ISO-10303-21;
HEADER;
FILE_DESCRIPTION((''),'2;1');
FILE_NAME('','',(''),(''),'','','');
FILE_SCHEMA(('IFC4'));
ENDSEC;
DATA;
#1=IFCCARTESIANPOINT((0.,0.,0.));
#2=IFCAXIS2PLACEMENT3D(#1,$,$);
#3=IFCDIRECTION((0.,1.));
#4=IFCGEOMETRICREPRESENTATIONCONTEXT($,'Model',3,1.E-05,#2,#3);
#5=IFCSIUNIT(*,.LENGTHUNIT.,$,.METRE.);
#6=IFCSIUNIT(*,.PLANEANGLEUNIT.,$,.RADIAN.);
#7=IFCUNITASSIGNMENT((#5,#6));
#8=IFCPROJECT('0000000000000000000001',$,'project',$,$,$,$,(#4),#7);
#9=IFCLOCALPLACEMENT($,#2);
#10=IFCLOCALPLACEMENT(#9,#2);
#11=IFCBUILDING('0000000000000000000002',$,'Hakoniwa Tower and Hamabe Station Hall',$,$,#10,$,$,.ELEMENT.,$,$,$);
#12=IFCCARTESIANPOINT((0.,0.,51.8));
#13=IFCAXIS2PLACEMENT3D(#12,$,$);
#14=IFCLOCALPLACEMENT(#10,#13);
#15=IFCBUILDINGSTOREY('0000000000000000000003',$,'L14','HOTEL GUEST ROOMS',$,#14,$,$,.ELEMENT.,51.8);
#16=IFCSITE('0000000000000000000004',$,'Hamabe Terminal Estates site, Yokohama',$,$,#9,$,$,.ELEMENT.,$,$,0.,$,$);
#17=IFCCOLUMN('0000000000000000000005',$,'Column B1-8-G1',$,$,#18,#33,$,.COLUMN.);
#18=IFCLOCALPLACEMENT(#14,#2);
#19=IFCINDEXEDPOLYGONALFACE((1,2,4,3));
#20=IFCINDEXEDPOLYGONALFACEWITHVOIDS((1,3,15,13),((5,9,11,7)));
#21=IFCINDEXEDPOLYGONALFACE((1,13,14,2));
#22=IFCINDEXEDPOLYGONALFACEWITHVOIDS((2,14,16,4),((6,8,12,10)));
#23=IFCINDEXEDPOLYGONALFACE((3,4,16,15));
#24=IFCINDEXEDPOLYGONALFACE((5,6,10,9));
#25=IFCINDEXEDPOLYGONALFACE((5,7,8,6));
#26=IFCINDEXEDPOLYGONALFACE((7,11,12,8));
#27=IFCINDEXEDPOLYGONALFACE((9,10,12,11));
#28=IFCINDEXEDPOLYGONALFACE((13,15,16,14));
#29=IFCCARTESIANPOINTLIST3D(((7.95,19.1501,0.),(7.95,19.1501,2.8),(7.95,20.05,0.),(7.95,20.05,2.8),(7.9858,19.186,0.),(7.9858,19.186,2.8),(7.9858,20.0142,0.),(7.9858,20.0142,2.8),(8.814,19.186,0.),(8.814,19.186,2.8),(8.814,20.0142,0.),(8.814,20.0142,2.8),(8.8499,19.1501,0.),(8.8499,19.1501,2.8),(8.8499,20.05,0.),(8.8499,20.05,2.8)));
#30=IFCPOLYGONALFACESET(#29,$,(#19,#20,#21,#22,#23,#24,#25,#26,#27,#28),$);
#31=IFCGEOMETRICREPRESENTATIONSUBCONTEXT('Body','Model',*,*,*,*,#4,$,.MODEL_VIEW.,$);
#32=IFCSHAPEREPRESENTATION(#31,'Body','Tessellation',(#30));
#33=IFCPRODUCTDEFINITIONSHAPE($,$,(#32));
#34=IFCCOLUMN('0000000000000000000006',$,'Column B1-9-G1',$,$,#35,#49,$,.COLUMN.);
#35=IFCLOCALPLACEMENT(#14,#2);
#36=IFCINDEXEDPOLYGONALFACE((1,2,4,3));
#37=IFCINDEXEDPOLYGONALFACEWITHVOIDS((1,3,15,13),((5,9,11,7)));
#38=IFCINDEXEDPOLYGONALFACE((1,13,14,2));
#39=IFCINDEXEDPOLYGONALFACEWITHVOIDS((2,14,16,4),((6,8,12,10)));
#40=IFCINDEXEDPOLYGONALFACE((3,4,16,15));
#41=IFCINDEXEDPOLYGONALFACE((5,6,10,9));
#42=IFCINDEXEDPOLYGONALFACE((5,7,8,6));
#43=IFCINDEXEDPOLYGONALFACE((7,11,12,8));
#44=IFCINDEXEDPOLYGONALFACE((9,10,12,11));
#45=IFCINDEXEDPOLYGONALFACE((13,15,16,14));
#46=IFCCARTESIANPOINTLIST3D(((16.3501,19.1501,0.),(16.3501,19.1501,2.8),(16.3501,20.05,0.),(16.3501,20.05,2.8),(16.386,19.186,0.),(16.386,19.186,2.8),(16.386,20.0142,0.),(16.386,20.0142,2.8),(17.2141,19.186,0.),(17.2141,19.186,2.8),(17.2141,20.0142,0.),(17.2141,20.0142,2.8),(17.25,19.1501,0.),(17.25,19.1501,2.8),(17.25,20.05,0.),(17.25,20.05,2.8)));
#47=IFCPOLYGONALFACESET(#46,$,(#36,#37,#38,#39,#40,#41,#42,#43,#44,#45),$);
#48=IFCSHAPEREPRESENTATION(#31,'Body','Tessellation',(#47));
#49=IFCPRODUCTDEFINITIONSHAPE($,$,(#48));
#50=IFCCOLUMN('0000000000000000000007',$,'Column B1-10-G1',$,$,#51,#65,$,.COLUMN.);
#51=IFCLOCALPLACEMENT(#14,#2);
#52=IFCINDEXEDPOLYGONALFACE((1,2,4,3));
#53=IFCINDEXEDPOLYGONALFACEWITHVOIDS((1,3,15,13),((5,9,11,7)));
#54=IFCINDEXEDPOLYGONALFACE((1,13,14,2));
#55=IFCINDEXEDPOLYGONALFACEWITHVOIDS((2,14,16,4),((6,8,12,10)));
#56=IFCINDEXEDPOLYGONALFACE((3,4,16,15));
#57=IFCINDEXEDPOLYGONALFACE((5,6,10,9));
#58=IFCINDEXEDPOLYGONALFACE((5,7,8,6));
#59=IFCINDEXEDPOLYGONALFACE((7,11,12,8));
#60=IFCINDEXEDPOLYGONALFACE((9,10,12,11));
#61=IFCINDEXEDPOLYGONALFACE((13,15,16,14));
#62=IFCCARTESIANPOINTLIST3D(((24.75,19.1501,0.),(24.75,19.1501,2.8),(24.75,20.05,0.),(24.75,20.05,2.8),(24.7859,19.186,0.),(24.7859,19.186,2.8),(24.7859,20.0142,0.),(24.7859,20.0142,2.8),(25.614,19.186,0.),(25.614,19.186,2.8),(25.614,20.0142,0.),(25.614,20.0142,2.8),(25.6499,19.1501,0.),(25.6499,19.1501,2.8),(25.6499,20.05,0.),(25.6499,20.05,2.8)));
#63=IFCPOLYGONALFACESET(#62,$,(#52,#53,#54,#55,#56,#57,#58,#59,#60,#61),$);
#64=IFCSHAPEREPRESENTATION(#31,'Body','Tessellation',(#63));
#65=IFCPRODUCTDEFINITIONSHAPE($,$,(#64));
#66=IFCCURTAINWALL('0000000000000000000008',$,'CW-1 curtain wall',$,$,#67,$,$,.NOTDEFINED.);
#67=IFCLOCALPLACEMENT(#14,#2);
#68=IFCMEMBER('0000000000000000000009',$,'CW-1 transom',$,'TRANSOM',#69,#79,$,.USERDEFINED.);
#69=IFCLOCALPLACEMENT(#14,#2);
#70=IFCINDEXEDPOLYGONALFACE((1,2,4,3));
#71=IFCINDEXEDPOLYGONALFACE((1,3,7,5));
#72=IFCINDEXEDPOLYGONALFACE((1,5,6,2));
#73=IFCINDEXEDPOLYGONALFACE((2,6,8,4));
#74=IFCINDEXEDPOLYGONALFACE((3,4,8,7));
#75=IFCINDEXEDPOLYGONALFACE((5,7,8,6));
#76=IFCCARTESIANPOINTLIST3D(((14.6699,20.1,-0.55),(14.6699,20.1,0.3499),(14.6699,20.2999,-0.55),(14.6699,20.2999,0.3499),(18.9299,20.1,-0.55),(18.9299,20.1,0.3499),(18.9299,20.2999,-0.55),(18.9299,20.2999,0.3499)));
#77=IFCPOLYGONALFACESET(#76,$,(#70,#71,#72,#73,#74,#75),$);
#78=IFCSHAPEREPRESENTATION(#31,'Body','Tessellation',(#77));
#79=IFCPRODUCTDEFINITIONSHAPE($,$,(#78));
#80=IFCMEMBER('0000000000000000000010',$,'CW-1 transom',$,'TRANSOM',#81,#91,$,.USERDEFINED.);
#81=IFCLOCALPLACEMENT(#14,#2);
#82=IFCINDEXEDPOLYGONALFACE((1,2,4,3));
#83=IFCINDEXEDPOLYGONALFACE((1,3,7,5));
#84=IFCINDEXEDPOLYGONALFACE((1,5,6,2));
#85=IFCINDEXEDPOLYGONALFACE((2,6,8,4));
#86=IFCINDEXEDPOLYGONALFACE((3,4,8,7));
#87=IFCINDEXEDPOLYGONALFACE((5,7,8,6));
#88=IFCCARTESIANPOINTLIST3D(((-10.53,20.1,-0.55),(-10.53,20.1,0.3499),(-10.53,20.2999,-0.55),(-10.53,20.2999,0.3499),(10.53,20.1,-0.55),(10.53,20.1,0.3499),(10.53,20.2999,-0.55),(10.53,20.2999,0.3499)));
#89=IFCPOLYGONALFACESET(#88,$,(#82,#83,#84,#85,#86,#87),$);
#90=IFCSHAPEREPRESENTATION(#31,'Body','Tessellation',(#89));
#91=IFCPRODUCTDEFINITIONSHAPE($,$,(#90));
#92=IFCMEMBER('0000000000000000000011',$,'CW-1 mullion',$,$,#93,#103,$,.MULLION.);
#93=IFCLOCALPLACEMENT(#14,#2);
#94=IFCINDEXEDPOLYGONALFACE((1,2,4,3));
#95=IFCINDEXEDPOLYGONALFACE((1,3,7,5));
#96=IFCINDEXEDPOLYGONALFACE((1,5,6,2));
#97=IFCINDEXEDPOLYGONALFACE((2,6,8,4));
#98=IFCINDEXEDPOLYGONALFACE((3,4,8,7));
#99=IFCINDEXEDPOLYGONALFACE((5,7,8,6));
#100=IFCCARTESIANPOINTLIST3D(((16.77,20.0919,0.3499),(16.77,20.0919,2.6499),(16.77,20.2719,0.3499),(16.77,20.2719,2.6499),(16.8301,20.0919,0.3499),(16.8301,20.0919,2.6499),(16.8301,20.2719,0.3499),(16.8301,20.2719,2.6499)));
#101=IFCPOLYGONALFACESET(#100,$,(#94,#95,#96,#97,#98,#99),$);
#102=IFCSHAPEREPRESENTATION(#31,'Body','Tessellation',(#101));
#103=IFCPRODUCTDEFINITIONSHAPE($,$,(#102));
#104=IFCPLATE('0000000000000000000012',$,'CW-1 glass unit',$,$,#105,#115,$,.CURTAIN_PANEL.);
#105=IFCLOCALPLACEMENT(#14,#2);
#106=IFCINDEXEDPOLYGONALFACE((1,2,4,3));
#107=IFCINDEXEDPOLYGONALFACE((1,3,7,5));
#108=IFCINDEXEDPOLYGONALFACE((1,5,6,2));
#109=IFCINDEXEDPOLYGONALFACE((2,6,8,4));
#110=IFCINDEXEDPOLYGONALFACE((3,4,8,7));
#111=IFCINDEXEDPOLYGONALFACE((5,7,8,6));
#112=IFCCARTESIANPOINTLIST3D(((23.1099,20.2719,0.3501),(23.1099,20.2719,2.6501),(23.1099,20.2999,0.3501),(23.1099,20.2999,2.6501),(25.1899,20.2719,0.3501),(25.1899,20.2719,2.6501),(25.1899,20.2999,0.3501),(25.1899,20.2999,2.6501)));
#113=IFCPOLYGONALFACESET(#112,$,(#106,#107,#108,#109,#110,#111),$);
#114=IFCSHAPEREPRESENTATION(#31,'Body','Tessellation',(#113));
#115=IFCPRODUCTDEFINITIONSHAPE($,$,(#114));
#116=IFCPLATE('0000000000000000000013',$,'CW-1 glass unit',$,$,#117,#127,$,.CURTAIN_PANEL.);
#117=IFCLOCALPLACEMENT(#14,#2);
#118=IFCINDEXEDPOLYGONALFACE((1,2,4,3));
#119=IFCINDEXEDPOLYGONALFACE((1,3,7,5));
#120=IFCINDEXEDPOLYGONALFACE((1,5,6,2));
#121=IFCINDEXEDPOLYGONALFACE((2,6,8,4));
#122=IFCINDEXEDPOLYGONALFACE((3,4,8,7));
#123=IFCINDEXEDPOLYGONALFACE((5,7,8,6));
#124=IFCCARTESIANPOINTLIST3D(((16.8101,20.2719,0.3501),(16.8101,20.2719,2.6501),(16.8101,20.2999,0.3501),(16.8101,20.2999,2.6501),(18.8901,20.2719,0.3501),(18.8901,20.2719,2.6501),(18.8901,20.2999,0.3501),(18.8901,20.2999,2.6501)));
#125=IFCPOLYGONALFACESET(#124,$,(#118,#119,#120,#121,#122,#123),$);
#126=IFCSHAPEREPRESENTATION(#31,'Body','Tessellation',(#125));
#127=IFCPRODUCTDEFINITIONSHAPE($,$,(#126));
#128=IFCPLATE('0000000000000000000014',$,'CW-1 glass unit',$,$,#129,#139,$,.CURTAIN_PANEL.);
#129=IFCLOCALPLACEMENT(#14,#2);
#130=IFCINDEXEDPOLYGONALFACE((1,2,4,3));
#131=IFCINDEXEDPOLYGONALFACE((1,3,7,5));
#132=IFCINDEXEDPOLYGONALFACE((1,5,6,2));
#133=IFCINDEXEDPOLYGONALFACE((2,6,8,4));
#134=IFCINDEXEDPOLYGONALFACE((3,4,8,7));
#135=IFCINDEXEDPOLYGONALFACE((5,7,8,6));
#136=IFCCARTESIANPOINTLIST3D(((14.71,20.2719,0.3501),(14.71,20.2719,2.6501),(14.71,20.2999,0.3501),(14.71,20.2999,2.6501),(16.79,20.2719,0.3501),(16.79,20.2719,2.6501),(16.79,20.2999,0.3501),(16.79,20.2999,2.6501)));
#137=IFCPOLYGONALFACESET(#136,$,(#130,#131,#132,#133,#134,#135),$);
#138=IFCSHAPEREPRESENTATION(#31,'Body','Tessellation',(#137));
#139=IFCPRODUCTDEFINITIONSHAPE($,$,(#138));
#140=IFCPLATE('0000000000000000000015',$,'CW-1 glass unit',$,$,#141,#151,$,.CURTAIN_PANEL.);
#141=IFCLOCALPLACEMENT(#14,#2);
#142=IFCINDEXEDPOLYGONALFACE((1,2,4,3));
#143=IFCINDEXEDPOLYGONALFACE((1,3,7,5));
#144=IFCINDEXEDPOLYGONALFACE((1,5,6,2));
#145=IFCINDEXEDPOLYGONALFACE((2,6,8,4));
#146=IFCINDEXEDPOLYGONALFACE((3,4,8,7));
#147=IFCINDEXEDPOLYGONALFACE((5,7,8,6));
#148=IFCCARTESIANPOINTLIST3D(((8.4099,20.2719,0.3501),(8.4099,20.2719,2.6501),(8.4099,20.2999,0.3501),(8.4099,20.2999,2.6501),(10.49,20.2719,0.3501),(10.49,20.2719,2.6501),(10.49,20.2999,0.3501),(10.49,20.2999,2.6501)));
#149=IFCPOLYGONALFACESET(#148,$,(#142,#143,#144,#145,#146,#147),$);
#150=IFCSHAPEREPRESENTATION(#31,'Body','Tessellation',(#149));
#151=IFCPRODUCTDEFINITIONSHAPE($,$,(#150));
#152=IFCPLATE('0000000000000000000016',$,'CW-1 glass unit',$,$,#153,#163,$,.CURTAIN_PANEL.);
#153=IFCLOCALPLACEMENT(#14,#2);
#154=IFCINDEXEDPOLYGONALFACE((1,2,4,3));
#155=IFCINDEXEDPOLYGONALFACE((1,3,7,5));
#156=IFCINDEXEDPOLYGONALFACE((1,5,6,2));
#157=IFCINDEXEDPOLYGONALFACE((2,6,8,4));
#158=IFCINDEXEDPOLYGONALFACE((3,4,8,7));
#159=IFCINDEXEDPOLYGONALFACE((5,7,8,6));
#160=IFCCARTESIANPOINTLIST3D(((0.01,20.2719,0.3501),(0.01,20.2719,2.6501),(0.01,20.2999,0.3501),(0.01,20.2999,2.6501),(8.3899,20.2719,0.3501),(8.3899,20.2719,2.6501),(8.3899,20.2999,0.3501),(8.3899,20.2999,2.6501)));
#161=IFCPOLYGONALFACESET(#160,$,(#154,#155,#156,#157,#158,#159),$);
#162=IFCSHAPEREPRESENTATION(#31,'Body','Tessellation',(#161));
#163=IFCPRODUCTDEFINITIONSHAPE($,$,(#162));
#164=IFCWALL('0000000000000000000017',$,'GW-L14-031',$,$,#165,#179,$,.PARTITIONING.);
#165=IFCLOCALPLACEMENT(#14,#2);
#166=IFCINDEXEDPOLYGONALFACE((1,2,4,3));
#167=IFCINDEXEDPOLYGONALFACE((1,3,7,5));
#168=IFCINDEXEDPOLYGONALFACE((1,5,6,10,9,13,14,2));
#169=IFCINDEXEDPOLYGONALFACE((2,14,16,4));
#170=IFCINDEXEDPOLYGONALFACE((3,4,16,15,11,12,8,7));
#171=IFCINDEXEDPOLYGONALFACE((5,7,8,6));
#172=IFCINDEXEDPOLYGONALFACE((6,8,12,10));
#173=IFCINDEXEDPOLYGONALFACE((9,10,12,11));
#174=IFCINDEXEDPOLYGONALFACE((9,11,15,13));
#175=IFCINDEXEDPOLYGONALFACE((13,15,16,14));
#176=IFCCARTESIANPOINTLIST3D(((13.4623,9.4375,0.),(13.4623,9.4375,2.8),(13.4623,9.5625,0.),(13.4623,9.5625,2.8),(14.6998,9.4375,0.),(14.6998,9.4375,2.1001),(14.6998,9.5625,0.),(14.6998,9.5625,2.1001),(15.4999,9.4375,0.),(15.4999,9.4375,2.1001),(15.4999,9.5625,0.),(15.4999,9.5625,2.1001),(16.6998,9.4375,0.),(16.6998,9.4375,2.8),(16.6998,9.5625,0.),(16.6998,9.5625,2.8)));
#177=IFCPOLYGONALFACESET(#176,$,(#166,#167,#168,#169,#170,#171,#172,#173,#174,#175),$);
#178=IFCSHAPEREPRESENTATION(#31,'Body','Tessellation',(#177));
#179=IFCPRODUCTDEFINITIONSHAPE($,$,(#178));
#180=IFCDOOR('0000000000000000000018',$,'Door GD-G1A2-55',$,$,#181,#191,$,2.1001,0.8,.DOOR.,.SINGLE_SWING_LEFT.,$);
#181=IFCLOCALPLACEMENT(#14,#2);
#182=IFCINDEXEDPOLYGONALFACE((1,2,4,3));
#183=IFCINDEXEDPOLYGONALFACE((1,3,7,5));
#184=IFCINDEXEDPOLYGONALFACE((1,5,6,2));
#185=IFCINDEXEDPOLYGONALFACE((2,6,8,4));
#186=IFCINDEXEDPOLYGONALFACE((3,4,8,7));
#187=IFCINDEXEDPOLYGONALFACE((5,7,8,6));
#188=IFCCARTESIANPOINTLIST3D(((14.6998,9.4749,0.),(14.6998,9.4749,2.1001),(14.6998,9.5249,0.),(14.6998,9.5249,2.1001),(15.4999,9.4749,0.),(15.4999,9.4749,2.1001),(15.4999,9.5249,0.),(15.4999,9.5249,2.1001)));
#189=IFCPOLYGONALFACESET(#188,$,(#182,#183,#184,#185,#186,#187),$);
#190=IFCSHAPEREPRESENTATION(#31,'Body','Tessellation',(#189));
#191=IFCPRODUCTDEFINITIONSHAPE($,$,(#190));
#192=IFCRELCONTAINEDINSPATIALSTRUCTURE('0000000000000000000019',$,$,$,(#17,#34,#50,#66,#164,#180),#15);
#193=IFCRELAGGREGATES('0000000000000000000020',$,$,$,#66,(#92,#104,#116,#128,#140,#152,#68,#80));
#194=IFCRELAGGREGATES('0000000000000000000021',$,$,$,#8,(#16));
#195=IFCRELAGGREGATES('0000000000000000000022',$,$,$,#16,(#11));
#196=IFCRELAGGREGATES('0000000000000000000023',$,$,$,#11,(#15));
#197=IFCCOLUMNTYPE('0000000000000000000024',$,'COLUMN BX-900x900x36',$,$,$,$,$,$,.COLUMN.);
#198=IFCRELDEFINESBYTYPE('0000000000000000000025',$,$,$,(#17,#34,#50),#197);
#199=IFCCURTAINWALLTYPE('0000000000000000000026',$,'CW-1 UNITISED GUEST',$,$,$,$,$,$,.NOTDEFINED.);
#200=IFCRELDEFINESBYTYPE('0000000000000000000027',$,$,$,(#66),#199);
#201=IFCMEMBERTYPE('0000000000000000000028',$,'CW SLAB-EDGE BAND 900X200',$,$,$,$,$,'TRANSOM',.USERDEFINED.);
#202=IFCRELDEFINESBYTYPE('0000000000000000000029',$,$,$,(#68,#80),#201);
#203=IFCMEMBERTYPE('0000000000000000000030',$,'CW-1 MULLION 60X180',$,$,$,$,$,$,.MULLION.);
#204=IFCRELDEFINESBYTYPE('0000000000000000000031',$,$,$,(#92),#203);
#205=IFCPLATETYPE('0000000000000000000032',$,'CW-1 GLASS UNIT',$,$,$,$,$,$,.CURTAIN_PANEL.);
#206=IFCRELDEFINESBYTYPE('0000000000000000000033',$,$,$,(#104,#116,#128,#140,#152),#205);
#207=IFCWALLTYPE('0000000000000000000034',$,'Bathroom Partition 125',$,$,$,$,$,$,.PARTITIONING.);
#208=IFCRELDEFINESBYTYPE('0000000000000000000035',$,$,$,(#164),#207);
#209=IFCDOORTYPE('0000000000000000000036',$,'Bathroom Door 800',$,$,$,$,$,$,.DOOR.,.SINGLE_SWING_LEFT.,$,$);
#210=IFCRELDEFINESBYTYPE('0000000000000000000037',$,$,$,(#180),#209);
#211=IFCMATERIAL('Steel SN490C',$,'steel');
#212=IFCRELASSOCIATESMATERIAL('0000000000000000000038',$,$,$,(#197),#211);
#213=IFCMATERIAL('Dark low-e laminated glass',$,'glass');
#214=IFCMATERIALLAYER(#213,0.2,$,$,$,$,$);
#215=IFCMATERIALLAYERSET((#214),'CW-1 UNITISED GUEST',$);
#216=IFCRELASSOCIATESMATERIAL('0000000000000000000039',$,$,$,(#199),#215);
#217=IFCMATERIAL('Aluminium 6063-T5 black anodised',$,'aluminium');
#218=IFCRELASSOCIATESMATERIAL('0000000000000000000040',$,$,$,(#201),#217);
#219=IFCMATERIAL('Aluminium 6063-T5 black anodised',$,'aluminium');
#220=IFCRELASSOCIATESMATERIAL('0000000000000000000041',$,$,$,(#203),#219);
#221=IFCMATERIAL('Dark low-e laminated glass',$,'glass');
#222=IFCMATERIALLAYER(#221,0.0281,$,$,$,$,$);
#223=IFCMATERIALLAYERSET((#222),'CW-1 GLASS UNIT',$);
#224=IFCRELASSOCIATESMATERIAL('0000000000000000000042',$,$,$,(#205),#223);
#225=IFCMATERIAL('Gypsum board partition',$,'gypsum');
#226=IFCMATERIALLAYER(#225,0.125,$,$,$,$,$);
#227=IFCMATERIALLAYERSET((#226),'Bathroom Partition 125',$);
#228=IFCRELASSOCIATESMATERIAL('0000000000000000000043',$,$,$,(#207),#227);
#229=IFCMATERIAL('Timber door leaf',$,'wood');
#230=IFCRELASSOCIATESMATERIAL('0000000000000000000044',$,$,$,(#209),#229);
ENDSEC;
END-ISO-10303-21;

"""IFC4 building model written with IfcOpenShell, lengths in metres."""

from ifc_helpers import new_model, si_unit, direction, frame, frame_2d, origin, origin_2d, place, context, subcontext, project, spatial, rectangle, hollow_rectangle, extrude, material, layer, layer_set, material_profile, profile_set, type_object, element, fill, aggregate, save


model = new_model("IFC4")

# Units and contexts
model_context = context("Model", 3, precision=1e-05, world=origin(), true_north=direction((0.0, 1.0)))
body_context = subcontext(model_context, "Body", "Model", "MODEL_VIEW")
ifc_project = project(units=[si_unit("LENGTHUNIT", "METRE"), si_unit("PLANEANGLEUNIT", "RADIAN")], contexts=[model_context])

# Site, building, storey
site_placement = place(None, origin())
site = spatial("IfcSite", under=ifc_project, at=site_placement, Name="Hamabe Terminal Estates site, Yokohama", CompositionType="ELEMENT", RefElevation=0.0)
building_placement = place(site_placement, origin())
building = spatial("IfcBuilding", under=site, at=building_placement, Name="Hakoniwa Tower and Hamabe Station Hall", CompositionType="ELEMENT")
storey_placement = place(building_placement, frame((0.0, 0.0, 51.8)))
storey = spatial("IfcBuildingStorey", under=building, at=storey_placement, Name="L14", Description="HOTEL GUEST ROOMS", CompositionType="ELEMENT", Elevation=51.8)

# Columns
ifc_material_1 = material(Name="Steel SN490C", Category="steel")
ifc_material_profile_1 = material_profile(ifc_material_1, hollow_rectangle(XDim=0.8999, YDim=0.8999, WallThickness=0.0359, at=origin_2d()), Name="BX-900x900x36")
ifc_profile_set_1 = profile_set([ifc_material_profile_1], Name="Steel SN490C")
column_type = type_object("IfcColumnType", Name="COLUMN BX-900x900x36", PredefinedType="COLUMN", material=ifc_profile_set_1)
for number, where, z_axis, x_axis, name in (
    (1, (8.3999, 19.6001, 0.0), (0.0, 0.0, 1.0), (1.0, 0.0, 0.0), "Column B1-8-G1"),
    (2, (16.8, 19.6001, 0.0), (0.0, 0.0, 1.0), (1.0, 0.0, 0.0), "Column B1-9-G1"),
    (3, (25.2, 19.6001, 0.0), (0.0, 0.0, 1.0), (1.0, 0.0, 0.0), "Column B1-10-G1"),
):
    element("IfcColumn", number, at=place(storey_placement, frame(where, z_axis=z_axis, x_axis=x_axis)), inside=storey, type_object=column_type, Name=name, PredefinedType="COLUMN", context=body_context, shape_type="SweptSolid", body=[
        extrude(hollow_rectangle(XDim=0.8999, YDim=0.8999, WallThickness=0.0359, at=origin_2d()), origin(), (0.0, 0.0, 1.0), 2.8),
    ])

# Curtain wall, members, plates
ifc_material_2 = material(Name="Dark low-e laminated glass", Category="glass")
ifc_layer_1 = layer(ifc_material_2, 0.2)
ifc_layer_set_1 = layer_set([ifc_layer_1], Name="CW-1 UNITISED GUEST")
curtain_wall_type = type_object("IfcCurtainWallType", Name="CW-1 UNITISED GUEST", PredefinedType="NOTDEFINED", material=ifc_layer_set_1)
curtain_wall_placement = place(storey_placement, origin())
curtain_wall = element("IfcCurtainWall", 4, at=curtain_wall_placement, inside=storey, type_object=curtain_wall_type, Name="CW-1 curtain wall", PredefinedType="NOTDEFINED")
ifc_material_3 = material(Name="Aluminium 6063-T5 black anodised", Category="aluminium")
ifc_material_profile_2 = material_profile(ifc_material_3, rectangle(XDim=0.2, YDim=0.8999, at=origin_2d()), Name="CW SLAB-EDGE BAND 900X200")
ifc_profile_set_2 = profile_set([ifc_material_profile_2], Name="Aluminium 6063-T5 black anodised")
member_type_1 = type_object("IfcMemberType", Name="CW SLAB-EDGE BAND 900X200", ElementType="TRANSOM", PredefinedType="USERDEFINED", material=ifc_profile_set_2)
member_1_placement = place(storey_placement, frame((18.9299, 20.2, -0.1001), z_axis=(-1.0, 0.0, 0.0), x_axis=(0.0, -1.0, 0.0)))
member_1 = element("IfcMember", 5, at=member_1_placement, type_object=member_type_1, Name="CW-1 transom", ObjectType="TRANSOM", PredefinedType="USERDEFINED", context=body_context, shape_type="SweptSolid", body=[
    extrude(rectangle(XDim=0.2, YDim=0.8999, at=origin_2d()), origin(), (0.0, 0.0, 1.0), 4.26),
])
member_2_placement = place(storey_placement, frame((10.53, 20.2, -0.1001), z_axis=(-1.0, 0.0, 0.0), x_axis=(0.0, -1.0, 0.0)))
member_2 = element("IfcMember", 6, at=member_2_placement, type_object=member_type_1, Name="CW-1 transom", ObjectType="TRANSOM", PredefinedType="USERDEFINED", context=body_context, shape_type="SweptSolid", body=[
    extrude(rectangle(XDim=0.2, YDim=0.8999, at=origin_2d()), origin(), (0.0, 0.0, 1.0), 21.0601),
])
ifc_material_4 = material(Name="Aluminium 6063-T5 black anodised", Category="aluminium")
ifc_material_profile_3 = material_profile(ifc_material_4, rectangle(XDim=0.0601, YDim=0.1799, at=origin_2d()), Name="CW-1 MULLION 60X180")
ifc_profile_set_3 = profile_set([ifc_material_profile_3], Name="Aluminium 6063-T5 black anodised")
member_type_2 = type_object("IfcMemberType", Name="CW-1 MULLION 60X180", PredefinedType="MULLION", material=ifc_profile_set_3)
member_3_placement = place(storey_placement, frame((16.8, 20.1819, 0.3499), z_axis=(0.0, 0.0, 1.0), x_axis=(-1.0, 0.0, 0.0)))
member_3 = element("IfcMember", 7, at=member_3_placement, type_object=member_type_2, Name="CW-1 mullion", PredefinedType="MULLION", context=body_context, shape_type="SweptSolid", body=[
    extrude(rectangle(XDim=0.0601, YDim=0.1799, at=origin_2d()), origin(), (0.0, 0.0, 1.0), 2.3),
])
ifc_material_5 = material(Name="Dark low-e laminated glass", Category="glass")
ifc_layer_2 = layer(ifc_material_5, 0.0281)
ifc_layer_set_2 = layer_set([ifc_layer_2], Name="CW-1 GLASS UNIT")
plate_type = type_object("IfcPlateType", Name="CW-1 GLASS UNIT", PredefinedType="CURTAIN_PANEL", material=ifc_layer_set_2)
plate_1_placement = place(storey_placement, frame((24.1499, 20.2859, 0.3501), z_axis=(0.0, 0.0, 1.0), x_axis=(-1.0, 0.0, 0.0)))
plate_1 = element("IfcPlate", 8, at=plate_1_placement, type_object=plate_type, Name="CW-1 glass unit", PredefinedType="CURTAIN_PANEL", context=body_context, shape_type="SweptSolid", body=[
    extrude(rectangle(XDim=2.0801, YDim=0.0281, at=origin_2d()), origin(), (0.0, 0.0, 1.0), 2.3),
])
plate_2_placement = place(storey_placement, frame((17.8501, 20.2859, 0.3501), z_axis=(0.0, 0.0, 1.0), x_axis=(-1.0, 0.0, 0.0)))
plate_2 = element("IfcPlate", 9, at=plate_2_placement, type_object=plate_type, Name="CW-1 glass unit", PredefinedType="CURTAIN_PANEL", context=body_context, shape_type="SweptSolid", body=[
    extrude(rectangle(XDim=2.0801, YDim=0.0281, at=origin_2d()), origin(), (0.0, 0.0, 1.0), 2.3),
])
plate_3_placement = place(storey_placement, frame((15.75, 20.2859, 0.3501), z_axis=(0.0, 0.0, 1.0), x_axis=(-1.0, 0.0, 0.0)))
plate_3 = element("IfcPlate", 10, at=plate_3_placement, type_object=plate_type, Name="CW-1 glass unit", PredefinedType="CURTAIN_PANEL", context=body_context, shape_type="SweptSolid", body=[
    extrude(rectangle(XDim=2.0801, YDim=0.0281, at=origin_2d()), origin(), (0.0, 0.0, 1.0), 2.3),
])
plate_4_placement = place(storey_placement, frame((9.45, 20.2859, 0.3501), z_axis=(0.0, 0.0, 1.0), x_axis=(-1.0, 0.0, 0.0)))
plate_4 = element("IfcPlate", 11, at=plate_4_placement, type_object=plate_type, Name="CW-1 glass unit", PredefinedType="CURTAIN_PANEL", context=body_context, shape_type="SweptSolid", body=[
    extrude(rectangle(XDim=2.0801, YDim=0.0281, at=origin_2d()), origin(), (0.0, 0.0, 1.0), 2.3),
])
plate_5_placement = place(storey_placement, frame((4.2, 20.2859, 0.3501), z_axis=(0.0, 0.0, 1.0), x_axis=(-1.0, 0.0, 0.0)))
plate_5 = element("IfcPlate", 12, at=plate_5_placement, type_object=plate_type, Name="CW-1 glass unit", PredefinedType="CURTAIN_PANEL", context=body_context, shape_type="SweptSolid", body=[
    extrude(rectangle(XDim=8.3799, YDim=0.0281, at=origin_2d()), origin(), (0.0, 0.0, 1.0), 2.3),
])

# Wall, opening, door
ifc_material_6 = material(Name="Gypsum board partition", Category="gypsum")
ifc_layer_3 = layer(ifc_material_6, 0.125)
ifc_layer_set_3 = layer_set([ifc_layer_3], Name="Bathroom Partition 125")
wall_type_1 = type_object("IfcWallType", Name="Bathroom Partition 125", PredefinedType="PARTITIONING", material=ifc_layer_set_3)
wall_1_placement = place(storey_placement, frame((13.4624, 9.5, 0.0), z_axis=(0.0, 0.0, 1.0), x_axis=(1.0, 0.0, 0.0)))
wall_1 = element("IfcWall", 13, at=wall_1_placement, inside=storey, type_object=wall_type_1, Name="GW-L14-031", PredefinedType="PARTITIONING", context=body_context, shape_type="SweptSolid", body=[
    extrude(rectangle(XDim=3.2375, YDim=0.125, at=frame_2d((1.6187, 0.0))), origin(), (0.0, 0.0, 1.0), 2.8),
])
opening_1_placement = place(wall_1_placement, frame((1.2375, 0.0, 0.0)))
opening_1 = element("IfcOpeningElement", 14, at=opening_1_placement, cuts=wall_1, PredefinedType="OPENING", context=body_context, shape_type="SweptSolid", body=[
    extrude(rectangle(XDim=0.8, YDim=2.1001, at=frame_2d((0.3999, 1.05))), frame((0.0, 0.0725, 0.0), z_axis=(0.0, -1.0, 0.0), x_axis=(1.0, 0.0, 0.0)), (0.0, 0.0, 1.0), 0.145),
])
ifc_material_7 = material(Name="Timber door leaf", Category="wood")
door_type_1 = type_object("IfcDoorType", Name="Bathroom Door 800", OperationType="SINGLE_SWING_LEFT", PredefinedType="DOOR", material=ifc_material_7)
door_1_placement = place(opening_1_placement, origin())
door_1 = element("IfcDoor", 15, at=door_1_placement, inside=storey, type_object=door_type_1, Name="Door GD-G1A2-55", OperationType="SINGLE_SWING_LEFT", OverallHeight=2.1001, OverallWidth=0.8, PredefinedType="DOOR", context=body_context, shape_type="SweptSolid", body=[
    extrude(rectangle(XDim=0.8, YDim=2.1001, at=frame_2d((0.3999, 1.05))), frame((0.0, 0.0249, 0.0), z_axis=(0.0, -1.0, 0.0), x_axis=(1.0, 0.0, 0.0)), (0.0, 0.0, 1.0), 0.05),
])
fill(opening_1, door_1)

aggregate(curtain_wall, [member_3, plate_1, plate_2, plate_3, plate_4, plate_5, member_1, member_2])

save(model, "model.ifc")
